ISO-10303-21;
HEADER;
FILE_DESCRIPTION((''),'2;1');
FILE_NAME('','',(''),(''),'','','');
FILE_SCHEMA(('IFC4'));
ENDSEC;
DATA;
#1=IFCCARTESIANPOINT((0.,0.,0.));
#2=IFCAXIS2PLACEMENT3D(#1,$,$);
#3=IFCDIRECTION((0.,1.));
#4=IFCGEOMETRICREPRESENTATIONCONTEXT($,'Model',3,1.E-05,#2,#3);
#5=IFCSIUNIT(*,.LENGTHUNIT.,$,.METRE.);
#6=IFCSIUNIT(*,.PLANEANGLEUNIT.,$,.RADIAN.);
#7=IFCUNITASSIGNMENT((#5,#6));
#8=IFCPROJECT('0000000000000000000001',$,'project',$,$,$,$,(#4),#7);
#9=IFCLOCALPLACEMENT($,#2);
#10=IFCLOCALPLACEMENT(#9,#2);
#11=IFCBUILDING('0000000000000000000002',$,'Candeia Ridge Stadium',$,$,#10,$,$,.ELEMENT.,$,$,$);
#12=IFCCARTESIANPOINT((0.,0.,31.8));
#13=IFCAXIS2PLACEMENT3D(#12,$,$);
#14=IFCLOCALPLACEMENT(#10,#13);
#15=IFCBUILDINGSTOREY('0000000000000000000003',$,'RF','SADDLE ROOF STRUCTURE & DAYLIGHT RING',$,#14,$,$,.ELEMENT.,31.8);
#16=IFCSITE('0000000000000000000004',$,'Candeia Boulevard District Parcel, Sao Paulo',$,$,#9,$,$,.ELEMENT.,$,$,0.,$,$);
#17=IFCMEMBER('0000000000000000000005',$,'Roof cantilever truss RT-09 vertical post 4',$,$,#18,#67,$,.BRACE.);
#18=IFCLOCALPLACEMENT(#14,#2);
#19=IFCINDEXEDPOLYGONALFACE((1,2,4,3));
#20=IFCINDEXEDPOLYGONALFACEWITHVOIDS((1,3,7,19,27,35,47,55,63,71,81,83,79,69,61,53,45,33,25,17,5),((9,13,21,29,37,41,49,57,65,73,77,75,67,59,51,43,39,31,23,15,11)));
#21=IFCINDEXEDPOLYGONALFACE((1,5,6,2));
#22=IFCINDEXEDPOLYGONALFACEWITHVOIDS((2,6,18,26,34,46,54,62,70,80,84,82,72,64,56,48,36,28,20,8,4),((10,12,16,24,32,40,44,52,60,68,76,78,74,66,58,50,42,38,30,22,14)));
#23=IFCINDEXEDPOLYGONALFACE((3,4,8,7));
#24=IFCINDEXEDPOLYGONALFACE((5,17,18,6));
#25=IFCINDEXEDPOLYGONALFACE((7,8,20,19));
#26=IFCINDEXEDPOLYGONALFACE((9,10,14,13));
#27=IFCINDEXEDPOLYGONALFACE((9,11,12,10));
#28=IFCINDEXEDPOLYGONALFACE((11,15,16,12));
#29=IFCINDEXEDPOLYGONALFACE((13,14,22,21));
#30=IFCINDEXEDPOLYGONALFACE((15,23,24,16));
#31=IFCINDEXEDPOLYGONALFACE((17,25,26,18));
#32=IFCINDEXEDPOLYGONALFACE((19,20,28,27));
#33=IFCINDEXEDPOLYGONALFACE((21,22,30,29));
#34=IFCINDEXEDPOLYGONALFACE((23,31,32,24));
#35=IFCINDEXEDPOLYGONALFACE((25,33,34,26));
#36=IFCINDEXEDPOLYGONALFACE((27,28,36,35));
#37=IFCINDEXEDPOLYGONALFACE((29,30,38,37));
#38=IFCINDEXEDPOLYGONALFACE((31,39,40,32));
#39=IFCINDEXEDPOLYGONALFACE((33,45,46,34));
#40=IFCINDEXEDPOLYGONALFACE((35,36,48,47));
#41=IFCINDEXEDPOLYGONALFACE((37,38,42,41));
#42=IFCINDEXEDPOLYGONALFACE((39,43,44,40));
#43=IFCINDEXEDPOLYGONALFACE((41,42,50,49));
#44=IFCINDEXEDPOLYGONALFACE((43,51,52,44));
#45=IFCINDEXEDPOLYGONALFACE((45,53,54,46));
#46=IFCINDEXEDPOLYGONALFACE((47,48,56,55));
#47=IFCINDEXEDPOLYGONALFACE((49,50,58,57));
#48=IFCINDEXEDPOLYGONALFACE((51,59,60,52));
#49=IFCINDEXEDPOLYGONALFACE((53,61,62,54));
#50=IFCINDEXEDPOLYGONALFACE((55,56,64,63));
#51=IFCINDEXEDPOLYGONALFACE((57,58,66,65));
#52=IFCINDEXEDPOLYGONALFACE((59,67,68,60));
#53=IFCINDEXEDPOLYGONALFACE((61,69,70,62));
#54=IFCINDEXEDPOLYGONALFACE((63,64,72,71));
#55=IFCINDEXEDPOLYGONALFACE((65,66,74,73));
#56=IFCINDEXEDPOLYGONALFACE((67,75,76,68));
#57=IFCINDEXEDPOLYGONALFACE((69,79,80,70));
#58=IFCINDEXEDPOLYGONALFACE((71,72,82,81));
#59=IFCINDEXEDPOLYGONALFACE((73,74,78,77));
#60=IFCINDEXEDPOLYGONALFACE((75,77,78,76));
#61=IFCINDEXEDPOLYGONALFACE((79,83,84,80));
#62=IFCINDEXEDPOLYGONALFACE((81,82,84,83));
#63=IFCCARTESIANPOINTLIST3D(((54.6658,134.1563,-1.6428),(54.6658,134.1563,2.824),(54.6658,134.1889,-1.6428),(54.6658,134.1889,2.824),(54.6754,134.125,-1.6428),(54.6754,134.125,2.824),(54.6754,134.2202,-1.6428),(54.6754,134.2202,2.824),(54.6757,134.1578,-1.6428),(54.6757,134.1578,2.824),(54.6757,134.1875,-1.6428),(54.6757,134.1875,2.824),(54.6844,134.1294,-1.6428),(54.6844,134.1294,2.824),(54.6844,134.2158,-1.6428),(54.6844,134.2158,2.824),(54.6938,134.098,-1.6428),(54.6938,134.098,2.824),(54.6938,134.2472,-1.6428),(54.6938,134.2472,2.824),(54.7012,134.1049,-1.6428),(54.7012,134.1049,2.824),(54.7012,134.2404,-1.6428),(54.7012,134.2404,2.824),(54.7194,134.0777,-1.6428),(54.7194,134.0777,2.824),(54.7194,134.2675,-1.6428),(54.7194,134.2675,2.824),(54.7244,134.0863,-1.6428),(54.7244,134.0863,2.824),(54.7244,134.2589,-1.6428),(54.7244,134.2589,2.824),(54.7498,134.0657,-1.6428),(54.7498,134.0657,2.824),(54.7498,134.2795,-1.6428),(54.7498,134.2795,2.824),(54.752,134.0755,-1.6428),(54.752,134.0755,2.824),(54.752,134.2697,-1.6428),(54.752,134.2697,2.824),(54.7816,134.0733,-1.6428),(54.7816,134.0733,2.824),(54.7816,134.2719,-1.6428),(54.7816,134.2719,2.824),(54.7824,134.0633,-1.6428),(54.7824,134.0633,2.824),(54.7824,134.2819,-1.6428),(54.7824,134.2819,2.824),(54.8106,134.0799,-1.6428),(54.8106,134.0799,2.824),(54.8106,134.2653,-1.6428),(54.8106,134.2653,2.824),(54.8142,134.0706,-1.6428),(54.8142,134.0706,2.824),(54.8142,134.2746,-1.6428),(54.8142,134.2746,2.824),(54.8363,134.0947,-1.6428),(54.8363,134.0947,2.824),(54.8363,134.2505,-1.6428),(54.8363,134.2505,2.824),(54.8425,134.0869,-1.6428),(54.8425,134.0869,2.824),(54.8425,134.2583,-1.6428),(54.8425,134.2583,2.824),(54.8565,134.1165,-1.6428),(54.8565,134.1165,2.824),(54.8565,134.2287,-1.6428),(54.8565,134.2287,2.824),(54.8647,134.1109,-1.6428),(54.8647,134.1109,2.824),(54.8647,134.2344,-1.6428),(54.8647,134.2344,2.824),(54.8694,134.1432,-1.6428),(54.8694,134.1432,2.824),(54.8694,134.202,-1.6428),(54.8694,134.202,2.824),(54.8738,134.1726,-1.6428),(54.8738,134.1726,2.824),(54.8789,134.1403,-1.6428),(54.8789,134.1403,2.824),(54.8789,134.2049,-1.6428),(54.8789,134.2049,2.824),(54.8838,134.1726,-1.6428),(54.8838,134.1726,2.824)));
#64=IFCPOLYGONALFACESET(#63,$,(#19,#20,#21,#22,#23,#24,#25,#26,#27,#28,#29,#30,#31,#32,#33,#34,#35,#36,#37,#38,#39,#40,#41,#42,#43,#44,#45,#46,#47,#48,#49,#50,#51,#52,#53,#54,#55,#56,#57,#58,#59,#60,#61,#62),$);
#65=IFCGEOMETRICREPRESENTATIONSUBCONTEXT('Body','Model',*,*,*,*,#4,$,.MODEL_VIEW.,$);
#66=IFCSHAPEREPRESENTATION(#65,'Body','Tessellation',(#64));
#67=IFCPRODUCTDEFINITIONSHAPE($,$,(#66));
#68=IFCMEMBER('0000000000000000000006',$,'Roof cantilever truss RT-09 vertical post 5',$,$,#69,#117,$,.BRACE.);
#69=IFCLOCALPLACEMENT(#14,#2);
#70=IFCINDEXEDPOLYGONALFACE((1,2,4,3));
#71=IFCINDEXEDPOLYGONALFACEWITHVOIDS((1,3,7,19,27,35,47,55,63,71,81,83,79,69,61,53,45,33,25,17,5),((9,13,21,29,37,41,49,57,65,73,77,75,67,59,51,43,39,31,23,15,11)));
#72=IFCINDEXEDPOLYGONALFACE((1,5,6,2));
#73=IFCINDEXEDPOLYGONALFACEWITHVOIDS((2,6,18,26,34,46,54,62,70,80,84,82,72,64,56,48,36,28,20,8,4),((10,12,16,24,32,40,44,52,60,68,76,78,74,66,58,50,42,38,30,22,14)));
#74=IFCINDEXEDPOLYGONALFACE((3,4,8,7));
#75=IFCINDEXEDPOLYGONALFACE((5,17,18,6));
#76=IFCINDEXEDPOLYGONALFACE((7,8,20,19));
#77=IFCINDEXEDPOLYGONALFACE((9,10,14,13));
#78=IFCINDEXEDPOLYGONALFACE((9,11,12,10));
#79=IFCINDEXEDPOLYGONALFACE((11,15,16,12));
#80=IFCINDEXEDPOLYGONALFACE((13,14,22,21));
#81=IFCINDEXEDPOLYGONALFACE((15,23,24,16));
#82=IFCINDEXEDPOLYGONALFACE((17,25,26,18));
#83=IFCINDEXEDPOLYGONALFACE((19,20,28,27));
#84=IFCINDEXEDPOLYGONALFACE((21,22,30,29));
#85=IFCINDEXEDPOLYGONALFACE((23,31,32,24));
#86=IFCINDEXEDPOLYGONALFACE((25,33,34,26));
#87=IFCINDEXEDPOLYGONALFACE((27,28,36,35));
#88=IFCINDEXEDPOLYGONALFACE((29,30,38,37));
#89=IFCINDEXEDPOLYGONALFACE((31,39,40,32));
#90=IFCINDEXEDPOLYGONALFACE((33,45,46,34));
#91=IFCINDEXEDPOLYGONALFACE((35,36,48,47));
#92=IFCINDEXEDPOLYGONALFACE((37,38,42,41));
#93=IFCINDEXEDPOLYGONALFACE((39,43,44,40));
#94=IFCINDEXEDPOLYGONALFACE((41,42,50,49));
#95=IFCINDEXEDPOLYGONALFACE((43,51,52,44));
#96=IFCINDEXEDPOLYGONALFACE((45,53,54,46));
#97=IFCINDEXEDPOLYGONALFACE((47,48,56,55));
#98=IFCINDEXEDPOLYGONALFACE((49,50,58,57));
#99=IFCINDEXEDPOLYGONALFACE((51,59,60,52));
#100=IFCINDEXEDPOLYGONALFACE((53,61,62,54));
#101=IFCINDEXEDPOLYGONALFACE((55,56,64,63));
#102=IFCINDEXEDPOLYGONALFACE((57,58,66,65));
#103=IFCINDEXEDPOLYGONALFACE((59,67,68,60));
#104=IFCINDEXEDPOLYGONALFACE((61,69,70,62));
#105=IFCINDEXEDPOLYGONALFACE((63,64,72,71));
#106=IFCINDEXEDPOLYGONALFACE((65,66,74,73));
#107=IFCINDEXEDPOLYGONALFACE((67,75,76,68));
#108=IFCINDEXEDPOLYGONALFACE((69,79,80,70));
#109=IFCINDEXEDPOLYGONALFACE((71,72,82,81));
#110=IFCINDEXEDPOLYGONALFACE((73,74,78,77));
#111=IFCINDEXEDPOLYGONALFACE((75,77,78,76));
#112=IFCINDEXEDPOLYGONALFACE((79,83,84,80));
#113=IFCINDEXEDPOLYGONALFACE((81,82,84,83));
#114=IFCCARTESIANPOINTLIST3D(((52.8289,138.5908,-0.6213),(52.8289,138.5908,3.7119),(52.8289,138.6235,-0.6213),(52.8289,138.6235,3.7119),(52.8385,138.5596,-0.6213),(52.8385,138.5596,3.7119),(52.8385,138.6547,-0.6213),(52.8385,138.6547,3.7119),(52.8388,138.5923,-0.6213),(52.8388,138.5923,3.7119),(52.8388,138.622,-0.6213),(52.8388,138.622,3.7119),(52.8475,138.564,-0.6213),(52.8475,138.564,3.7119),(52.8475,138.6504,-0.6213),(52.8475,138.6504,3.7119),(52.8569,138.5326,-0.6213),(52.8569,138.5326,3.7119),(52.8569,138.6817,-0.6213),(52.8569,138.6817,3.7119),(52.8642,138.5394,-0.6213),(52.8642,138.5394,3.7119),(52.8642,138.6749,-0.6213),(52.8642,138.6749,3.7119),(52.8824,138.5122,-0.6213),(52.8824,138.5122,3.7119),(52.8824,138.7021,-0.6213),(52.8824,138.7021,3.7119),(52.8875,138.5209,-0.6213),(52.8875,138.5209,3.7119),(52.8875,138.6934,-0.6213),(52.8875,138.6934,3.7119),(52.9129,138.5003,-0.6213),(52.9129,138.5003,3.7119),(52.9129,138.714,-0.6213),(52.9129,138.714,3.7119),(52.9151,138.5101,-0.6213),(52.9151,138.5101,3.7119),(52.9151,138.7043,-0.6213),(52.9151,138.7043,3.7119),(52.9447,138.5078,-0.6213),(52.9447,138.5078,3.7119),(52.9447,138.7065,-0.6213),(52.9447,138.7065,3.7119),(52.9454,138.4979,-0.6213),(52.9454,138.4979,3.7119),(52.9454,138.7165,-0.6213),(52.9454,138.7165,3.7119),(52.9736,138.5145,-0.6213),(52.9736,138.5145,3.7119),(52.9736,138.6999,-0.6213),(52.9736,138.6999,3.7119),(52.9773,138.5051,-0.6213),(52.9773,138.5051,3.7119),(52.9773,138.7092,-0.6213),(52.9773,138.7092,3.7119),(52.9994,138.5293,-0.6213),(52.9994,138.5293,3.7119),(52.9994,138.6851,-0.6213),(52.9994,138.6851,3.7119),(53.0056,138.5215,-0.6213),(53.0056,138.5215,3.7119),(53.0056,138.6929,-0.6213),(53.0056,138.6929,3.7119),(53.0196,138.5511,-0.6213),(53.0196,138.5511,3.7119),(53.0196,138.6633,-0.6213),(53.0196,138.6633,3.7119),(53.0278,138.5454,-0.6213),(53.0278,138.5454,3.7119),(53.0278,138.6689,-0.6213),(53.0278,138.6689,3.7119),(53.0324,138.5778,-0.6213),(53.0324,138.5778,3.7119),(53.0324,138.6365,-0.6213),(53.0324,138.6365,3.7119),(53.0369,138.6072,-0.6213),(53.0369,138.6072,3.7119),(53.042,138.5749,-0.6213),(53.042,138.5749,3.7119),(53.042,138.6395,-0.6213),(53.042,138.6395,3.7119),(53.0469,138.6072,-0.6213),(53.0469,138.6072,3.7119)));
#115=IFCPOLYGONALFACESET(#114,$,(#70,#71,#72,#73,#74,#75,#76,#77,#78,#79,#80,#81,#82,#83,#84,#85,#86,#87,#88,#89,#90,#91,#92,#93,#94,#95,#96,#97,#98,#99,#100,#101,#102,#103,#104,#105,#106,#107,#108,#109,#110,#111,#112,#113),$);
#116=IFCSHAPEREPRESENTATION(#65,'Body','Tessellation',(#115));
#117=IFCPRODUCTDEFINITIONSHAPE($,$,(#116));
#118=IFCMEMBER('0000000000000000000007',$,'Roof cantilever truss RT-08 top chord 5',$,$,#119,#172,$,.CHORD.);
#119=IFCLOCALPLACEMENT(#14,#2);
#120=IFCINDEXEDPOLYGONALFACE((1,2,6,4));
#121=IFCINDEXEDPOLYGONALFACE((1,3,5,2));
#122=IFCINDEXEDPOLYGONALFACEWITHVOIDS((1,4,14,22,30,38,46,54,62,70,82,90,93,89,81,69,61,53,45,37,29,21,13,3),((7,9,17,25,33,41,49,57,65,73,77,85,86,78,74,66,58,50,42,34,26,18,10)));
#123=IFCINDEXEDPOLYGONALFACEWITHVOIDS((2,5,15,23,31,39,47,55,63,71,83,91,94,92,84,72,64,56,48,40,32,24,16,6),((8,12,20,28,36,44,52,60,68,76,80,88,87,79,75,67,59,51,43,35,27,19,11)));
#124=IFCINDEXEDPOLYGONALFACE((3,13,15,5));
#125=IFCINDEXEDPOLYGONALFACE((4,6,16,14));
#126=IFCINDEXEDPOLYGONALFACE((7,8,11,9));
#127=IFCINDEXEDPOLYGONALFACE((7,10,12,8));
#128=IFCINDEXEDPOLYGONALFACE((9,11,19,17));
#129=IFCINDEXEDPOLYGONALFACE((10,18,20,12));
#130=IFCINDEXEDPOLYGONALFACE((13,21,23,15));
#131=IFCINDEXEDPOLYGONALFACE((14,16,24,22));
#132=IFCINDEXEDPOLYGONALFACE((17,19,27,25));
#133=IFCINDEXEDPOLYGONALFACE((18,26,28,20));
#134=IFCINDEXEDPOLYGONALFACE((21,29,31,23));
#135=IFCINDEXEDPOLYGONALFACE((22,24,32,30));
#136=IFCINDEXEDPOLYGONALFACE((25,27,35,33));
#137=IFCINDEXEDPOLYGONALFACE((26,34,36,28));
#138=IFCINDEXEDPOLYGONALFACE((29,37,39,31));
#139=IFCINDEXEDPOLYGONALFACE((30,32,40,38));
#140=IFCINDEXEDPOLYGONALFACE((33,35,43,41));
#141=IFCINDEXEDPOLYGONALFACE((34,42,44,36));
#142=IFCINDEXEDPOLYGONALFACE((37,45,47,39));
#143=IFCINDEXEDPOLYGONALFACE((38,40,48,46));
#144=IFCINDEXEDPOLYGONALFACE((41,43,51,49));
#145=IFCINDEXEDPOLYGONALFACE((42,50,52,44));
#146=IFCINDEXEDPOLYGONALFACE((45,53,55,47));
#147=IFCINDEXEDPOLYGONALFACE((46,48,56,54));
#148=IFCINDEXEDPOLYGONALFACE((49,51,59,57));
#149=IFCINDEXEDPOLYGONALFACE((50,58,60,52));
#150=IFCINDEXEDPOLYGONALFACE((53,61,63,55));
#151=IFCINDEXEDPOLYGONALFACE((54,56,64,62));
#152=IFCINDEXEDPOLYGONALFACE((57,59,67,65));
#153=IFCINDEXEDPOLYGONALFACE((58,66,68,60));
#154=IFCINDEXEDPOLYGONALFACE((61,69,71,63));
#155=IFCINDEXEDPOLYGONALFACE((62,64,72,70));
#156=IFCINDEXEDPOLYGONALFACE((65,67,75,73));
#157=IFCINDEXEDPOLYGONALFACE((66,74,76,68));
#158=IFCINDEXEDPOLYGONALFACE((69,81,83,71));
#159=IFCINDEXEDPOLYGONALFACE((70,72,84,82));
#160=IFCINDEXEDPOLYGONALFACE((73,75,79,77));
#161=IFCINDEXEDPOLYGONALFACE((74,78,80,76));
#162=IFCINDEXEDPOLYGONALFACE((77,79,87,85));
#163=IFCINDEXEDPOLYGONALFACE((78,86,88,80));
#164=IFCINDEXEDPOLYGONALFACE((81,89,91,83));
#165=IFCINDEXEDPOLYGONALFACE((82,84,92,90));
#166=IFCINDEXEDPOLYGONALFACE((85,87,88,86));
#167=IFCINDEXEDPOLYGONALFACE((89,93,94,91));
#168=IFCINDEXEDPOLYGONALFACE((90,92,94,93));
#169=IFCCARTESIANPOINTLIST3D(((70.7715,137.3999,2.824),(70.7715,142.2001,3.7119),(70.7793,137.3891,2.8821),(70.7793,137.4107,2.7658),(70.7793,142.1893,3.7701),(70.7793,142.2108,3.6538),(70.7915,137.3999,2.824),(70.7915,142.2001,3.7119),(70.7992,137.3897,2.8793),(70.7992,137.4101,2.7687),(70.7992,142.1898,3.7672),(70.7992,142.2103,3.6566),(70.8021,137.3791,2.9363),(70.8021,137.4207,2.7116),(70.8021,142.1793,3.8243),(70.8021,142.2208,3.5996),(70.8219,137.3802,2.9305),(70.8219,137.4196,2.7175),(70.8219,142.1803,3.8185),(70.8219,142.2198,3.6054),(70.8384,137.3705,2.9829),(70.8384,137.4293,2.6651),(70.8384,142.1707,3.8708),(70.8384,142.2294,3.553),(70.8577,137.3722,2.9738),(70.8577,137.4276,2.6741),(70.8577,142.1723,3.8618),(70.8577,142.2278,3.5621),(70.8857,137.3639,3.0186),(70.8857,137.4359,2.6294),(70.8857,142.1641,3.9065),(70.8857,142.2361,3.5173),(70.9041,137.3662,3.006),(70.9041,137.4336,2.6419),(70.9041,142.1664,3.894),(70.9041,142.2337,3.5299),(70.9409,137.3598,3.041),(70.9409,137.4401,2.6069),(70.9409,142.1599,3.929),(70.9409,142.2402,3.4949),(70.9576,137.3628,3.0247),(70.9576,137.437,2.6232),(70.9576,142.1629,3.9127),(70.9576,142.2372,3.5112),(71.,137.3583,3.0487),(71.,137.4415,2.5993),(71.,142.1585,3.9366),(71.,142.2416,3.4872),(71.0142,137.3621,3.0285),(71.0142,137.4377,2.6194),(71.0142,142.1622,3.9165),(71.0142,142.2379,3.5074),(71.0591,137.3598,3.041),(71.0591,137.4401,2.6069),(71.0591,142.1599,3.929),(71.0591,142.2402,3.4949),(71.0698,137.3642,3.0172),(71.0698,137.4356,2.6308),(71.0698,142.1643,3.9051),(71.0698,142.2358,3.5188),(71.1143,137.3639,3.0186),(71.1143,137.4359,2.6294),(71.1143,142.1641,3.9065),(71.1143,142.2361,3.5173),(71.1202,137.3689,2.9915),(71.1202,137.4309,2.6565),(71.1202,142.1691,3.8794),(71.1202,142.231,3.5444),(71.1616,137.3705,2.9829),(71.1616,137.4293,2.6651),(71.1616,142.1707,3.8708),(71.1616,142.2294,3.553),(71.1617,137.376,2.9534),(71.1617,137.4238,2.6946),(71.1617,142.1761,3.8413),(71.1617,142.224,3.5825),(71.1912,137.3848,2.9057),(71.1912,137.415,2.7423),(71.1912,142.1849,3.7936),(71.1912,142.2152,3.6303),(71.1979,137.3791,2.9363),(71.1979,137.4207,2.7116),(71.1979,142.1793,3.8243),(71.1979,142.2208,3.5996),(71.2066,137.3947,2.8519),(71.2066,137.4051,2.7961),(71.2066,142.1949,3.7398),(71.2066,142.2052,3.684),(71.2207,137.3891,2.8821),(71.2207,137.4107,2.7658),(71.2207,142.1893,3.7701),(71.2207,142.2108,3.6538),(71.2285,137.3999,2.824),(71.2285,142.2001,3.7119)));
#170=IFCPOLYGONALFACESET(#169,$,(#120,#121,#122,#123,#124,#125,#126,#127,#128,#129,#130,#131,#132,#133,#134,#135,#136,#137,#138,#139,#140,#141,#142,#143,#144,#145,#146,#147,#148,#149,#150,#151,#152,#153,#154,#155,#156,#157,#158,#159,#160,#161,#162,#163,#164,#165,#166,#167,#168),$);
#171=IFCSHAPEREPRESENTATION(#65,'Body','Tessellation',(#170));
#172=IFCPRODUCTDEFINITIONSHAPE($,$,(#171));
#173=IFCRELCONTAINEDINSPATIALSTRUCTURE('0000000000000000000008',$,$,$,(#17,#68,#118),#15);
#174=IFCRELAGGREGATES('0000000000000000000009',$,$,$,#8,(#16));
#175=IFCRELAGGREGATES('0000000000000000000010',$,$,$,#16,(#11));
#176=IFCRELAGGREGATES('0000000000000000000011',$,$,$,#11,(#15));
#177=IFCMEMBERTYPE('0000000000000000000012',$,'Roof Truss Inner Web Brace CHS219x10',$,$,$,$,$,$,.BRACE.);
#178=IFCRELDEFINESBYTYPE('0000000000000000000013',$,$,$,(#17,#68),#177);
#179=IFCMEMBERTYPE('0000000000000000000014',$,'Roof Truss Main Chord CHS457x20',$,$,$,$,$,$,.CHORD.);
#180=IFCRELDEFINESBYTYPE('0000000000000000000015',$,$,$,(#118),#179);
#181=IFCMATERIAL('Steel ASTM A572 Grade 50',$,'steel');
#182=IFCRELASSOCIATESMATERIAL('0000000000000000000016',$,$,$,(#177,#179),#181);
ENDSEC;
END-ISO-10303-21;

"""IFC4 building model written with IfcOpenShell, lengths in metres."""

from ifc_helpers import new_model, si_unit, direction, frame, origin, origin_2d, place, context, subcontext, project, spatial, hollow_circle, extrude, material, material_profile, profile_set, type_object, element, save


model = new_model("IFC4")

# Units and contexts
model_context = context("Model", 3, precision=1e-05, world=origin(), true_north=direction((0.0, 1.0)))
body_context = subcontext(model_context, "Body", "Model", "MODEL_VIEW")
ifc_project = project(units=[si_unit("LENGTHUNIT", "METRE"), si_unit("PLANEANGLEUNIT", "RADIAN")], contexts=[model_context])

# Site, building, storey
site_placement = place(None, origin())
site = spatial("IfcSite", under=ifc_project, at=site_placement, Name="Candeia Boulevard District Parcel, Sao Paulo", CompositionType="ELEMENT", RefElevation=0.0)
building_placement = place(site_placement, origin())
building = spatial("IfcBuilding", under=site, at=building_placement, Name="Candeia Ridge Stadium", CompositionType="ELEMENT")
storey_placement = place(building_placement, frame((0.0, 0.0, 31.8)))
storey = spatial("IfcBuildingStorey", under=building, at=storey_placement, Name="RF", Description="SADDLE ROOF STRUCTURE & DAYLIGHT RING", CompositionType="ELEMENT", Elevation=31.8)

# Shared definitions
ifc_material_1 = material(Name="Steel ASTM A572 Grade 50", Category="steel")

# Members
ifc_material_profile_1 = material_profile(ifc_material_1, hollow_circle(Radius=0.1096, WallThickness=0.01, at=origin_2d()), Name="CHS219x10", Category="steel")
ifc_profile_set_1 = profile_set([ifc_material_profile_1], Name="Steel ASTM A572 Grade 50")
member_type_1 = type_object("IfcMemberType", Name="Roof Truss Inner Web Brace CHS219x10", PredefinedType="BRACE", material=ifc_profile_set_1)
member_1_placement = place(storey_placement, frame((54.7742, 134.1726, -1.6428), z_axis=(0.0, 0.0, 1.0), x_axis=(1.0, 0.0, 0.0)))
element("IfcMember", 1, at=member_1_placement, inside=storey, type_object=member_type_1, Name="Roof cantilever truss RT-09 vertical post 4", PredefinedType="BRACE", context=body_context, shape_type="SweptSolid", body=[
    extrude(hollow_circle(Radius=0.1096, WallThickness=0.01, at=origin_2d()), origin(), (0.0, 0.0, 1.0), 4.4668),
])
member_2_placement = place(storey_placement, frame((52.9373, 138.6072, -0.6213), z_axis=(0.0, 0.0, 1.0), x_axis=(1.0, 0.0, 0.0)))
element("IfcMember", 2, at=member_2_placement, inside=storey, type_object=member_type_1, Name="Roof cantilever truss RT-09 vertical post 5", PredefinedType="BRACE", context=body_context, shape_type="SweptSolid", body=[
    extrude(hollow_circle(Radius=0.1096, WallThickness=0.01, at=origin_2d()), origin(), (0.0, 0.0, 1.0), 4.3333),
])
ifc_material_profile_2 = material_profile(ifc_material_1, hollow_circle(Radius=0.2285, WallThickness=0.02, at=origin_2d()), Name="CHS457x20", Category="steel")
ifc_profile_set_2 = profile_set([ifc_material_profile_2], Name="Steel ASTM A572 Grade 50")
member_type_2 = type_object("IfcMemberType", Name="Roof Truss Main Chord CHS457x20", PredefinedType="CHORD", material=ifc_profile_set_2)
for number, where, z_axis, x_axis, name in (
    (3, (71.0, 137.3999, 2.824), (0.0, 0.983317, 0.181899), (-1.0, 0.0, 0.0), "Roof cantilever truss RT-08 top chord 5"),
):
    element("IfcMember", number, at=place(storey_placement, frame(where, z_axis=z_axis, x_axis=x_axis)), inside=storey, type_object=member_type_2, Name=name, PredefinedType="CHORD", context=body_context, shape_type="SweptSolid", body=[
        extrude(hollow_circle(Radius=0.2285, WallThickness=0.02, at=origin_2d()), origin(), (0.0, 0.0, 1.0), 4.8816),
    ])

save(model, "model.ifc")
